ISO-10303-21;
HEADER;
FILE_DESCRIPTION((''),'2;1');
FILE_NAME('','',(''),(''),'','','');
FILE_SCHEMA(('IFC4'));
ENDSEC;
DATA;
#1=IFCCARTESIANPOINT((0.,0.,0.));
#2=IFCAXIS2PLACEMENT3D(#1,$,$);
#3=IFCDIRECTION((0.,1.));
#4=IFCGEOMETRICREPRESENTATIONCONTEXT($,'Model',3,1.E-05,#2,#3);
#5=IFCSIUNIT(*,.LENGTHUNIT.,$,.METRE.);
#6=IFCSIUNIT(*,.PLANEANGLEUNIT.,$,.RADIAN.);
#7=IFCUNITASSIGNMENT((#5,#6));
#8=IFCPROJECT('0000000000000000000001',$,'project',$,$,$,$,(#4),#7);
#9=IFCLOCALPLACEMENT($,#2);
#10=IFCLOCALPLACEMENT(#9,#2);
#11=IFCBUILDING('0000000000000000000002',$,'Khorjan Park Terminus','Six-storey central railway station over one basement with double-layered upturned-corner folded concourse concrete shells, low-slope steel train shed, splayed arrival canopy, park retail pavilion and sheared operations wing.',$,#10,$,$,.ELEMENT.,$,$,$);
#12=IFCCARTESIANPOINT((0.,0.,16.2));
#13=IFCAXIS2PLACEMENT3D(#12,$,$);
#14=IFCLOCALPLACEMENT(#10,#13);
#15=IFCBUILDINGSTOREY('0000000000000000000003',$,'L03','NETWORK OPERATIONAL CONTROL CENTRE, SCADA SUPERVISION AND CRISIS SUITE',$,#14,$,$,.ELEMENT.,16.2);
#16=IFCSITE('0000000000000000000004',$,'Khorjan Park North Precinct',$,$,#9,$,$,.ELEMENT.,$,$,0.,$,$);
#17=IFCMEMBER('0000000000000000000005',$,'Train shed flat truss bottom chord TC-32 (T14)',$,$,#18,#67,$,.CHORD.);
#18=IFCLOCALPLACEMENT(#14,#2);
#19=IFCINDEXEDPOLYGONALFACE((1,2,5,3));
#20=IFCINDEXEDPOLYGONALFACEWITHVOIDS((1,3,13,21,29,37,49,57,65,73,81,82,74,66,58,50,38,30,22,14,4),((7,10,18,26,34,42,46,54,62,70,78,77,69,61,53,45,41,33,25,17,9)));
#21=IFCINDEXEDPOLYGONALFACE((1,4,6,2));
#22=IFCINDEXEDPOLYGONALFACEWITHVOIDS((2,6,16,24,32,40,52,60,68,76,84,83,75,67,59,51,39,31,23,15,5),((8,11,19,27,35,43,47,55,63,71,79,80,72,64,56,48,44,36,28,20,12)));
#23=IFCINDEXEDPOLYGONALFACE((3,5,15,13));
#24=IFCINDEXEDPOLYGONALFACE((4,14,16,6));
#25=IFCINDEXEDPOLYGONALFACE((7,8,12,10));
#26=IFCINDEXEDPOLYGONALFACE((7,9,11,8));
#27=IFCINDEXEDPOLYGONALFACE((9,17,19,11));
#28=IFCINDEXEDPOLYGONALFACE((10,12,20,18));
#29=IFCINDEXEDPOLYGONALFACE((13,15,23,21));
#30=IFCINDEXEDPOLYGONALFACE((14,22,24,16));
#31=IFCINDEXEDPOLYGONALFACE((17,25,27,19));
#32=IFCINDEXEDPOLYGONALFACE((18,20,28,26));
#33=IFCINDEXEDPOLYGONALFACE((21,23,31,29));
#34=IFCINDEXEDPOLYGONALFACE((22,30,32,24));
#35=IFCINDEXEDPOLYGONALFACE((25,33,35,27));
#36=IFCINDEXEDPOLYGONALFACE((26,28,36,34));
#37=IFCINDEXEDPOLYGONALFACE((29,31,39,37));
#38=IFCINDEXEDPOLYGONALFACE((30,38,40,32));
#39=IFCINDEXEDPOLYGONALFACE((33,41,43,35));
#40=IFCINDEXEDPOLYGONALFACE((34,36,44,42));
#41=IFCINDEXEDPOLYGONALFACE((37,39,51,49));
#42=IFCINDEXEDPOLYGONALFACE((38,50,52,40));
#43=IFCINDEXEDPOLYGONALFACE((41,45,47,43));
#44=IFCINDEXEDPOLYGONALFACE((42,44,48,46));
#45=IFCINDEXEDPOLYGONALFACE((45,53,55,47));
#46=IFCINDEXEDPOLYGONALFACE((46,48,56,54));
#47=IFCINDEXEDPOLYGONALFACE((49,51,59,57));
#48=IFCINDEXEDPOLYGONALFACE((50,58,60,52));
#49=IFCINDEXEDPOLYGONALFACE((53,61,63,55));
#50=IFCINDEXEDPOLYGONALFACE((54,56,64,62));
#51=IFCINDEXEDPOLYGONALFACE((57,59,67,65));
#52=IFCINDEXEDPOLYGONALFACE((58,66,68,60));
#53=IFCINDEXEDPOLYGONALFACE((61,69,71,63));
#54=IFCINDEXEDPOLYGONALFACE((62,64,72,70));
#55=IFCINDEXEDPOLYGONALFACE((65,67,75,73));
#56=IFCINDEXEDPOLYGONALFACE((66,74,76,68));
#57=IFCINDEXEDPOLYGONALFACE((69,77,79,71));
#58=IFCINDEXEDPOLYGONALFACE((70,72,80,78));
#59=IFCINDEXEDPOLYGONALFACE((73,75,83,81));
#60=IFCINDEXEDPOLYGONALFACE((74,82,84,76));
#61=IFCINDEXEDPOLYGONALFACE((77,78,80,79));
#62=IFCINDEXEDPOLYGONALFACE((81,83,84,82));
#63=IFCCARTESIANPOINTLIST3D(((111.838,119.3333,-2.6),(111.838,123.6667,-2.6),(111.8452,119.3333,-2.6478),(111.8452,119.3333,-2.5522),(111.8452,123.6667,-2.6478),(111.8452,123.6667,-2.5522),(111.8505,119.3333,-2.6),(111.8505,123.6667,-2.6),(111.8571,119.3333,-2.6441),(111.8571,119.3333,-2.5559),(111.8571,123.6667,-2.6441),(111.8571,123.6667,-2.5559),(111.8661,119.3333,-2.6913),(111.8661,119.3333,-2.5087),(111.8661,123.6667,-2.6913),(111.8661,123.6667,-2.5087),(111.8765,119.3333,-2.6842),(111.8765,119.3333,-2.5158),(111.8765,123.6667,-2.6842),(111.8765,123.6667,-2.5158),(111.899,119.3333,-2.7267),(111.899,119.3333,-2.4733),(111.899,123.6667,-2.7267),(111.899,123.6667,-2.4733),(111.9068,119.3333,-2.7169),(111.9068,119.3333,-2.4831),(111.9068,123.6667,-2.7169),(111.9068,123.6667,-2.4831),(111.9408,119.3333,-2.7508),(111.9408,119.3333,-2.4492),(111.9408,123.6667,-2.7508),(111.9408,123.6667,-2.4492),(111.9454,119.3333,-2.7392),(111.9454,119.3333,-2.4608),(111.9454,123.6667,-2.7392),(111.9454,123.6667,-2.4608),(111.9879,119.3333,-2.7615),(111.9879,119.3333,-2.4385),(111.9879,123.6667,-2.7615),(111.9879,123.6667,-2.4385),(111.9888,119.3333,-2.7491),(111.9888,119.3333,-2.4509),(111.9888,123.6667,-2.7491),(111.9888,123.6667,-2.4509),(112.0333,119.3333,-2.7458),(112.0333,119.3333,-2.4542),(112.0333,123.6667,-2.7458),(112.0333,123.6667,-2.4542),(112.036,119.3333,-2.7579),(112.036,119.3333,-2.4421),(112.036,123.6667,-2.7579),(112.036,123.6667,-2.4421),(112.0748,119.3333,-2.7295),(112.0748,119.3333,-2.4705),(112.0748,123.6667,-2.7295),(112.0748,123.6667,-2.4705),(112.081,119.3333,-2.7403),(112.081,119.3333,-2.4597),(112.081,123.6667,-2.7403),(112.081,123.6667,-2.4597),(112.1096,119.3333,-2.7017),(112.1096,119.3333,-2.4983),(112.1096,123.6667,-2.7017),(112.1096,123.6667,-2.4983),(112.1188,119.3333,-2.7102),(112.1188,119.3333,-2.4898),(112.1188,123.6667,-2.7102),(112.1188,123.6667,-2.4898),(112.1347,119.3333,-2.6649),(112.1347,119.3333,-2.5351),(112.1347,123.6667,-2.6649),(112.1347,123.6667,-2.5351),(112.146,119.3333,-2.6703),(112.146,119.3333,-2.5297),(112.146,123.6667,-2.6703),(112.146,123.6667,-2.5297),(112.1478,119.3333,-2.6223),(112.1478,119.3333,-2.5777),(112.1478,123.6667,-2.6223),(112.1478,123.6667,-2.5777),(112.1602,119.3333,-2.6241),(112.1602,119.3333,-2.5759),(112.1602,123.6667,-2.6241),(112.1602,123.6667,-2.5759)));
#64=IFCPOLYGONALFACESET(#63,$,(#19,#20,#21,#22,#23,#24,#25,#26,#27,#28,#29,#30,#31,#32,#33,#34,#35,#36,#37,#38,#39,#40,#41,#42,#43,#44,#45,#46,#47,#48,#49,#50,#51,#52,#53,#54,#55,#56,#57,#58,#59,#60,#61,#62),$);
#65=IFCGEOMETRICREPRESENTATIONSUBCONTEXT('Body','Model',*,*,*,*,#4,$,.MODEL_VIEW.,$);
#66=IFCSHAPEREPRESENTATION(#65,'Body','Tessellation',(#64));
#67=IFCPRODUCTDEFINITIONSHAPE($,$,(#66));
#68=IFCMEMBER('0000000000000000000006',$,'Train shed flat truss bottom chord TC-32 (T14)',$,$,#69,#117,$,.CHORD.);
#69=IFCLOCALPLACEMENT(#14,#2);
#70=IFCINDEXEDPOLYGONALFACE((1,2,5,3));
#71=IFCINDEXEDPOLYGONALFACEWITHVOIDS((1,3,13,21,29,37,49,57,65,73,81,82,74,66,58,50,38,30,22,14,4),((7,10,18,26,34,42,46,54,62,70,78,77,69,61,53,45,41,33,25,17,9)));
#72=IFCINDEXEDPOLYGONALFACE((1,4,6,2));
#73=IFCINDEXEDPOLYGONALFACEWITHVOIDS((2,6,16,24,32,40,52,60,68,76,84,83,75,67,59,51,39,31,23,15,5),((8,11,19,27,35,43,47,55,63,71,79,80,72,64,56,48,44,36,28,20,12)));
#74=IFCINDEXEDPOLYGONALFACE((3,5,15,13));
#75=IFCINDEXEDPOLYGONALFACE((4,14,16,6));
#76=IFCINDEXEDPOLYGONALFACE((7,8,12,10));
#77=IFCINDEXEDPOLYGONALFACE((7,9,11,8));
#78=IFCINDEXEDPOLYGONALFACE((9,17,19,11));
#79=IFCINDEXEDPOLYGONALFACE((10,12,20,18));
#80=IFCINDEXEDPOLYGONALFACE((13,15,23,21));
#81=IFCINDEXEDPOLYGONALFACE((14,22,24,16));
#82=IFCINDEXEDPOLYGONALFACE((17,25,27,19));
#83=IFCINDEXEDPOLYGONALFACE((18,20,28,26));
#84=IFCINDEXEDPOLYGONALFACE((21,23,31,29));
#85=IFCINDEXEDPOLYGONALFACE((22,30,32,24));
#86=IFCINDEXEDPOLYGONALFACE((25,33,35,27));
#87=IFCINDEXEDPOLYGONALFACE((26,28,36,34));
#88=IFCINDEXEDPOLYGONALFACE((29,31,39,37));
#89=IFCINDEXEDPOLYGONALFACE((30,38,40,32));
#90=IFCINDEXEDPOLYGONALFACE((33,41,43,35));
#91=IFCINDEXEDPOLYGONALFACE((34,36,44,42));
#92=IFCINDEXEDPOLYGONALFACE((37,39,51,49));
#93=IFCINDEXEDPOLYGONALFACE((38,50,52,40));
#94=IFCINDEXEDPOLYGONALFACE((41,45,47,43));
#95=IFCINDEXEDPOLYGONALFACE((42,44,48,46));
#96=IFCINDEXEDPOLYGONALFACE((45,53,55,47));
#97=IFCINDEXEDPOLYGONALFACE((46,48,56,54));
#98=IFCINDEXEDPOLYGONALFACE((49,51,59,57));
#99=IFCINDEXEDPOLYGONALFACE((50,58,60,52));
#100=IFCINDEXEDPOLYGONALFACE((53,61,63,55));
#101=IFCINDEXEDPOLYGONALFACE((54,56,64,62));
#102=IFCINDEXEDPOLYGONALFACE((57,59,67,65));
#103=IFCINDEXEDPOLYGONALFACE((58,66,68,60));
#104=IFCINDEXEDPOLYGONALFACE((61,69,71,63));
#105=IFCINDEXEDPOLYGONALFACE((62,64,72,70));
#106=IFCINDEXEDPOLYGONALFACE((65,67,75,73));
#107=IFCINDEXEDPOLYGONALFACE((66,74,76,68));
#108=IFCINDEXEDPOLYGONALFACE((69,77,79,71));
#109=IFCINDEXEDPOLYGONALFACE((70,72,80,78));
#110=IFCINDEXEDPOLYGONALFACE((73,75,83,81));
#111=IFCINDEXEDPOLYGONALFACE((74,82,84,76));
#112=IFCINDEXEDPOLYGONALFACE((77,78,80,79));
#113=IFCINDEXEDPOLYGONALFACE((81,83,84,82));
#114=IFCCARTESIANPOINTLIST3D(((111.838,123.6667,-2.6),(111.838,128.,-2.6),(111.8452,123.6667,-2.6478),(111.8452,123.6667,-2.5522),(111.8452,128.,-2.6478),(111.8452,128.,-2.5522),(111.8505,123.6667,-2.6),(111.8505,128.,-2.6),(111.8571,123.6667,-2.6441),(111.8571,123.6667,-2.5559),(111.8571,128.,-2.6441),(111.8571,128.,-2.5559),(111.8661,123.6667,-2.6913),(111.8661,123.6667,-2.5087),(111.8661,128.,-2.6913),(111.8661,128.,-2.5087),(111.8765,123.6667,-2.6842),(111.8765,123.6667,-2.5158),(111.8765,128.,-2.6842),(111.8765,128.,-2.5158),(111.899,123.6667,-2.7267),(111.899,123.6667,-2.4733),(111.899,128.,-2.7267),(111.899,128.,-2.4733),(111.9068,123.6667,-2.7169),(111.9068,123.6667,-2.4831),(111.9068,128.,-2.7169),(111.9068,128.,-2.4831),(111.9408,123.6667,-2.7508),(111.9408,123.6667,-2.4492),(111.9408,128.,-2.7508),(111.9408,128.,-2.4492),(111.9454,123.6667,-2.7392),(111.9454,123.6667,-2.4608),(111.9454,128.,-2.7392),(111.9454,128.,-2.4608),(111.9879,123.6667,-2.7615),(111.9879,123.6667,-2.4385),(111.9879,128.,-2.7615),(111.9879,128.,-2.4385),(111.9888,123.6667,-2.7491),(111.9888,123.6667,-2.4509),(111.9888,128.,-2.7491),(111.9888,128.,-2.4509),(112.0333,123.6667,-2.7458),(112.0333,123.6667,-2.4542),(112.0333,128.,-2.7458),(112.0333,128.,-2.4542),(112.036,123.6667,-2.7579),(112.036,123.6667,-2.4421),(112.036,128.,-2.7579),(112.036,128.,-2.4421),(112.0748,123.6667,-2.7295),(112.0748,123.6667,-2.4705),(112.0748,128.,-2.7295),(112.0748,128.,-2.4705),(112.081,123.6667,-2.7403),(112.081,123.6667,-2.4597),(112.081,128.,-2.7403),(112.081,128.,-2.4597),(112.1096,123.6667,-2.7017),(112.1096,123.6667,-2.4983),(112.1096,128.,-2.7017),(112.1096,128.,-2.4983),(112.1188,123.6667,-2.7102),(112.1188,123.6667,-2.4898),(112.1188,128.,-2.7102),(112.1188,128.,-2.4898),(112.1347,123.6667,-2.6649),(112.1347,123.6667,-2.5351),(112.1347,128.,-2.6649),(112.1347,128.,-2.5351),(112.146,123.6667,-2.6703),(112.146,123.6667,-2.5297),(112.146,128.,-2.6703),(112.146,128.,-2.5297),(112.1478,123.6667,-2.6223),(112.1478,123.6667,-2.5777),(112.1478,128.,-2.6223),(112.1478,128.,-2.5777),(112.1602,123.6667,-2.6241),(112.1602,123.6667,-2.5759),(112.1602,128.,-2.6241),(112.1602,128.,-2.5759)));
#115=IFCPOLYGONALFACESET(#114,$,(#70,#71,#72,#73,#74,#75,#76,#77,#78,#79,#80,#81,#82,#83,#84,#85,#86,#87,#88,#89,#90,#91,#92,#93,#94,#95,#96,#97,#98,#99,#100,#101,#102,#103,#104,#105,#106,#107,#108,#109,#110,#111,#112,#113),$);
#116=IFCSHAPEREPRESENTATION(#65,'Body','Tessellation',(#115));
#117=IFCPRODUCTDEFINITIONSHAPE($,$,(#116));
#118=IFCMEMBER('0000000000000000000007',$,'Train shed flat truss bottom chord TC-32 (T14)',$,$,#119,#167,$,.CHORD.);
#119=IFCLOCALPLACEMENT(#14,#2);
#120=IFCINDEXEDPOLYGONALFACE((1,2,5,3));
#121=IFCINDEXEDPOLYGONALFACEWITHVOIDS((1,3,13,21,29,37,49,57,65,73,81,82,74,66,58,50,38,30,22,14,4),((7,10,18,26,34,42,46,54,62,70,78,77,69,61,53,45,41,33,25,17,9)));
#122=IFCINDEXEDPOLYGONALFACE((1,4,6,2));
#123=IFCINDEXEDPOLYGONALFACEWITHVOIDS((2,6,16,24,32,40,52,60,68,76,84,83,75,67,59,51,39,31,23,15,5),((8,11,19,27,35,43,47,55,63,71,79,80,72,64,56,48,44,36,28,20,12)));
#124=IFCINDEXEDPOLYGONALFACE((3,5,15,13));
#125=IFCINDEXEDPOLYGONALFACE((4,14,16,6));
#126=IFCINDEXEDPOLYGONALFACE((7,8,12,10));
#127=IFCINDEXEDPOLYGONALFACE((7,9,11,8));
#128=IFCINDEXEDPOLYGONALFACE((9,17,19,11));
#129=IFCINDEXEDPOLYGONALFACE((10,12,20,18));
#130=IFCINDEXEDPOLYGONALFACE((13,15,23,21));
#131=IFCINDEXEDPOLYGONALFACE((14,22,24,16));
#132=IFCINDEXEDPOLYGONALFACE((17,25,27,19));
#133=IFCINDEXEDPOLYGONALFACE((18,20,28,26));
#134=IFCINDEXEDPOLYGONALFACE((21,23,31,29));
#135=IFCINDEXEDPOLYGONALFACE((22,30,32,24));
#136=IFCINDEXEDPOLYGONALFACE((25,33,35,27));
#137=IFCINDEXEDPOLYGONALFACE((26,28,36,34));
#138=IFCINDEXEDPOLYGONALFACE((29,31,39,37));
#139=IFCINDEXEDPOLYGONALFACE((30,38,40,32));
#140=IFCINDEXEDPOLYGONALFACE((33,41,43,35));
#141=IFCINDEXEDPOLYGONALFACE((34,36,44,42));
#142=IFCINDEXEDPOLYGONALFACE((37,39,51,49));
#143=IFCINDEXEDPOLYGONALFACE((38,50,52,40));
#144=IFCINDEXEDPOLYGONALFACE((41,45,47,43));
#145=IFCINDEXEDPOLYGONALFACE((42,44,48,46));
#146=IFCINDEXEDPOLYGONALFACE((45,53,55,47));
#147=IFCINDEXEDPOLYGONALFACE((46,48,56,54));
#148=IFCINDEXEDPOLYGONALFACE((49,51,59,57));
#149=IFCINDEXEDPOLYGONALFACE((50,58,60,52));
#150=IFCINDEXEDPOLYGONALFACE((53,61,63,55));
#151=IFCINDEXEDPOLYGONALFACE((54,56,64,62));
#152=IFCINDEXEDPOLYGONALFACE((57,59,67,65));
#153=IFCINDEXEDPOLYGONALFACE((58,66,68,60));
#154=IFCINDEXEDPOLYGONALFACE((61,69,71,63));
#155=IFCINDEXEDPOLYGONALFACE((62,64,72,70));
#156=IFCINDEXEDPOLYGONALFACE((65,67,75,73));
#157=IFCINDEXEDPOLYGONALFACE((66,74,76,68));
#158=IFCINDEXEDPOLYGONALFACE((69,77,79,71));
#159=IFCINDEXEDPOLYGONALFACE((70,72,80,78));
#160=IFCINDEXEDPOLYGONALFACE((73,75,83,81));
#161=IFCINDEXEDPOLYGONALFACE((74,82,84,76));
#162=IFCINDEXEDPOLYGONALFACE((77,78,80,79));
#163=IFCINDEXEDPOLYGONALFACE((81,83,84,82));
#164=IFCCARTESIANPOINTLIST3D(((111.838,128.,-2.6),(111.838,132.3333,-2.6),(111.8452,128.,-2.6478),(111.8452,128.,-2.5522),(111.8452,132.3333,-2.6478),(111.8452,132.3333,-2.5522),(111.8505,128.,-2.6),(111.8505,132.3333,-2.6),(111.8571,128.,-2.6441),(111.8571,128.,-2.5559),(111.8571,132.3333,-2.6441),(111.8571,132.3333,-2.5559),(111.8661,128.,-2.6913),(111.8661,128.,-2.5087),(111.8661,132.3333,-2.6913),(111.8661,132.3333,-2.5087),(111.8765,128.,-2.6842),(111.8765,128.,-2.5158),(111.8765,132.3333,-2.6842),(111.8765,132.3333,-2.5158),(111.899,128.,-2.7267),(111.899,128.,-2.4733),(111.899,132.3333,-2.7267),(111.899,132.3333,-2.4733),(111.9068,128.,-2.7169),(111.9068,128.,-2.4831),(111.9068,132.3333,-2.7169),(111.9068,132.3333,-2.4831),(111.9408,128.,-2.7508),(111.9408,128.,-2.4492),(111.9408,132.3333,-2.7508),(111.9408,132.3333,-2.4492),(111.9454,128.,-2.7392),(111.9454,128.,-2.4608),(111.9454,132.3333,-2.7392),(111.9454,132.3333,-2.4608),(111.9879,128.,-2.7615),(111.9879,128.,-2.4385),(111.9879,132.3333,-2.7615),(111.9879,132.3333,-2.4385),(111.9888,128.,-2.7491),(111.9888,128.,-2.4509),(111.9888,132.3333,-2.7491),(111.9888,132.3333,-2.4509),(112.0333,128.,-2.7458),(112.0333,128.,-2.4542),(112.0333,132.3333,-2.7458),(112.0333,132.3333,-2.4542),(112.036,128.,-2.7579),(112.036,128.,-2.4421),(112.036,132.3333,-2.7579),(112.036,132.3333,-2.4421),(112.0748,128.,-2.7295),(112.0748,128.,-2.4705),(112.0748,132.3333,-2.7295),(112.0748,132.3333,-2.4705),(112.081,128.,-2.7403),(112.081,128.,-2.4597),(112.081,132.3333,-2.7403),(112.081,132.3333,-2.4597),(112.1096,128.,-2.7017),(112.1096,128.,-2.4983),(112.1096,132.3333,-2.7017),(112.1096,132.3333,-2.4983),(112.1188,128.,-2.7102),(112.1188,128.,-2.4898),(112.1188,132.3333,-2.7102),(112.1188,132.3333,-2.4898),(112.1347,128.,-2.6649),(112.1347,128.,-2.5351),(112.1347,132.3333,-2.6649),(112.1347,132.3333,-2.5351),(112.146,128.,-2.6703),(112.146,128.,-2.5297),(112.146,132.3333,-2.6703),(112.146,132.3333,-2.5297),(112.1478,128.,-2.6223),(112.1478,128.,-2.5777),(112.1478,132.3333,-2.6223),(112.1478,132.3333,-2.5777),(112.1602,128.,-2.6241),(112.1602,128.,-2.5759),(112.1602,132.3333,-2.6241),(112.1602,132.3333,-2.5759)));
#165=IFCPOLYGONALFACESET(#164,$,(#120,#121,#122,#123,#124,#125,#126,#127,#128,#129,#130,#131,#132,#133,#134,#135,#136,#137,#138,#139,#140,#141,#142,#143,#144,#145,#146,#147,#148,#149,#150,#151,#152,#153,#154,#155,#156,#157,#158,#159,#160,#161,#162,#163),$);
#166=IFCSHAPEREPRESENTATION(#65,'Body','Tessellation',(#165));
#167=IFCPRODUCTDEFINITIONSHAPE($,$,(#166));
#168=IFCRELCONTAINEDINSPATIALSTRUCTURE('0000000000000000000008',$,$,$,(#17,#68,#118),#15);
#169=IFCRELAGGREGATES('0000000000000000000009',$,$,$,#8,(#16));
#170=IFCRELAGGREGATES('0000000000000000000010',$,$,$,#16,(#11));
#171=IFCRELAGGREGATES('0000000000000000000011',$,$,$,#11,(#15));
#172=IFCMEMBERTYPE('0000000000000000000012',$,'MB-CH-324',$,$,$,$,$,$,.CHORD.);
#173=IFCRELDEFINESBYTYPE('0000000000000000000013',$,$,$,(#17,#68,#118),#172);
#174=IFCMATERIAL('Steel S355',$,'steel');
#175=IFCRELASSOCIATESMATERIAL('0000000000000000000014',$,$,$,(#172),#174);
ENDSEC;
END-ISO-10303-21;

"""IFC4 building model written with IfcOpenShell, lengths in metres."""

from ifc_helpers import new_model, si_unit, direction, frame, origin, origin_2d, place, context, subcontext, project, spatial, hollow_circle, extrude, material, material_profile, profile_set, type_object, element, save


model = new_model("IFC4")

# Units and contexts
model_context = context("Model", 3, precision=1e-05, world=origin(), true_north=direction((0.0, 1.0)))
body_context = subcontext(model_context, "Body", "Model", "MODEL_VIEW")
ifc_project = project(units=[si_unit("LENGTHUNIT", "METRE"), si_unit("PLANEANGLEUNIT", "RADIAN")], contexts=[model_context])

# Site, building, storey
site_placement = place(None, origin())
site = spatial("IfcSite", under=ifc_project, at=site_placement, Name="Khorjan Park North Precinct", CompositionType="ELEMENT", RefElevation=0.0)
building_placement = place(site_placement, origin())
building = spatial("IfcBuilding", under=site, at=building_placement, Name="Khorjan Park Terminus", Description="Six-storey central railway station over one basement with double-layered upturned-corner folded concourse concrete shells, low-slope steel train shed, splayed arrival canopy, park retail pavilion and sheared operations wing.", CompositionType="ELEMENT")
storey_placement = place(building_placement, frame((0.0, 0.0, 16.2)))
storey = spatial("IfcBuildingStorey", under=building, at=storey_placement, Name="L03", Description="NETWORK OPERATIONAL CONTROL CENTRE, SCADA SUPERVISION AND CRISIS SUITE", CompositionType="ELEMENT", Elevation=16.2)

# Members
ifc_material = material(Name="Steel S355", Category="steel")
ifc_material_profile_1 = material_profile(ifc_material, hollow_circle(Radius=0.162, WallThickness=0.0125, at=origin_2d()), Name="CHS 323.9x12.5")
ifc_profile_set_1 = profile_set([ifc_material_profile_1], Name="Steel S355")
member_type_1 = type_object("IfcMemberType", Name="MB-CH-324", PredefinedType="CHORD", material=ifc_profile_set_1)
member_1_placement = place(storey_placement, frame((112.0, 119.3333, -2.6), z_axis=(0.0, 1.0, 0.0), x_axis=(-1.0, 0.0, 0.0)))
element("IfcMember", 1, at=member_1_placement, inside=storey, type_object=member_type_1, Name="Train shed flat truss bottom chord TC-32 (T14)", PredefinedType="CHORD", context=body_context, shape_type="SweptSolid", body=[
    extrude(hollow_circle(Radius=0.162, WallThickness=0.0125, at=origin_2d()), origin(), (0.0, 0.0, 1.0), 4.3334),
])
for number, where, z_axis, x_axis, name in (
    (2, (112.0, 123.6667, -2.6), (0.0, 1.0, 0.0), (-1.0, 0.0, 0.0), "Train shed flat truss bottom chord TC-32 (T14)"),
    (3, (112.0, 128.0, -2.6), (0.0, 1.0, 0.0), (-1.0, 0.0, 0.0), "Train shed flat truss bottom chord TC-32 (T14)"),
):
    element("IfcMember", number, at=place(storey_placement, frame(where, z_axis=z_axis, x_axis=x_axis)), inside=storey, type_object=member_type_1, Name=name, PredefinedType="CHORD", context=body_context, shape_type="SweptSolid", body=[
        extrude(hollow_circle(Radius=0.162, WallThickness=0.0125, at=origin_2d()), origin(), (0.0, 0.0, 1.0), 4.3333),
    ])

save(model, "model.ifc")
